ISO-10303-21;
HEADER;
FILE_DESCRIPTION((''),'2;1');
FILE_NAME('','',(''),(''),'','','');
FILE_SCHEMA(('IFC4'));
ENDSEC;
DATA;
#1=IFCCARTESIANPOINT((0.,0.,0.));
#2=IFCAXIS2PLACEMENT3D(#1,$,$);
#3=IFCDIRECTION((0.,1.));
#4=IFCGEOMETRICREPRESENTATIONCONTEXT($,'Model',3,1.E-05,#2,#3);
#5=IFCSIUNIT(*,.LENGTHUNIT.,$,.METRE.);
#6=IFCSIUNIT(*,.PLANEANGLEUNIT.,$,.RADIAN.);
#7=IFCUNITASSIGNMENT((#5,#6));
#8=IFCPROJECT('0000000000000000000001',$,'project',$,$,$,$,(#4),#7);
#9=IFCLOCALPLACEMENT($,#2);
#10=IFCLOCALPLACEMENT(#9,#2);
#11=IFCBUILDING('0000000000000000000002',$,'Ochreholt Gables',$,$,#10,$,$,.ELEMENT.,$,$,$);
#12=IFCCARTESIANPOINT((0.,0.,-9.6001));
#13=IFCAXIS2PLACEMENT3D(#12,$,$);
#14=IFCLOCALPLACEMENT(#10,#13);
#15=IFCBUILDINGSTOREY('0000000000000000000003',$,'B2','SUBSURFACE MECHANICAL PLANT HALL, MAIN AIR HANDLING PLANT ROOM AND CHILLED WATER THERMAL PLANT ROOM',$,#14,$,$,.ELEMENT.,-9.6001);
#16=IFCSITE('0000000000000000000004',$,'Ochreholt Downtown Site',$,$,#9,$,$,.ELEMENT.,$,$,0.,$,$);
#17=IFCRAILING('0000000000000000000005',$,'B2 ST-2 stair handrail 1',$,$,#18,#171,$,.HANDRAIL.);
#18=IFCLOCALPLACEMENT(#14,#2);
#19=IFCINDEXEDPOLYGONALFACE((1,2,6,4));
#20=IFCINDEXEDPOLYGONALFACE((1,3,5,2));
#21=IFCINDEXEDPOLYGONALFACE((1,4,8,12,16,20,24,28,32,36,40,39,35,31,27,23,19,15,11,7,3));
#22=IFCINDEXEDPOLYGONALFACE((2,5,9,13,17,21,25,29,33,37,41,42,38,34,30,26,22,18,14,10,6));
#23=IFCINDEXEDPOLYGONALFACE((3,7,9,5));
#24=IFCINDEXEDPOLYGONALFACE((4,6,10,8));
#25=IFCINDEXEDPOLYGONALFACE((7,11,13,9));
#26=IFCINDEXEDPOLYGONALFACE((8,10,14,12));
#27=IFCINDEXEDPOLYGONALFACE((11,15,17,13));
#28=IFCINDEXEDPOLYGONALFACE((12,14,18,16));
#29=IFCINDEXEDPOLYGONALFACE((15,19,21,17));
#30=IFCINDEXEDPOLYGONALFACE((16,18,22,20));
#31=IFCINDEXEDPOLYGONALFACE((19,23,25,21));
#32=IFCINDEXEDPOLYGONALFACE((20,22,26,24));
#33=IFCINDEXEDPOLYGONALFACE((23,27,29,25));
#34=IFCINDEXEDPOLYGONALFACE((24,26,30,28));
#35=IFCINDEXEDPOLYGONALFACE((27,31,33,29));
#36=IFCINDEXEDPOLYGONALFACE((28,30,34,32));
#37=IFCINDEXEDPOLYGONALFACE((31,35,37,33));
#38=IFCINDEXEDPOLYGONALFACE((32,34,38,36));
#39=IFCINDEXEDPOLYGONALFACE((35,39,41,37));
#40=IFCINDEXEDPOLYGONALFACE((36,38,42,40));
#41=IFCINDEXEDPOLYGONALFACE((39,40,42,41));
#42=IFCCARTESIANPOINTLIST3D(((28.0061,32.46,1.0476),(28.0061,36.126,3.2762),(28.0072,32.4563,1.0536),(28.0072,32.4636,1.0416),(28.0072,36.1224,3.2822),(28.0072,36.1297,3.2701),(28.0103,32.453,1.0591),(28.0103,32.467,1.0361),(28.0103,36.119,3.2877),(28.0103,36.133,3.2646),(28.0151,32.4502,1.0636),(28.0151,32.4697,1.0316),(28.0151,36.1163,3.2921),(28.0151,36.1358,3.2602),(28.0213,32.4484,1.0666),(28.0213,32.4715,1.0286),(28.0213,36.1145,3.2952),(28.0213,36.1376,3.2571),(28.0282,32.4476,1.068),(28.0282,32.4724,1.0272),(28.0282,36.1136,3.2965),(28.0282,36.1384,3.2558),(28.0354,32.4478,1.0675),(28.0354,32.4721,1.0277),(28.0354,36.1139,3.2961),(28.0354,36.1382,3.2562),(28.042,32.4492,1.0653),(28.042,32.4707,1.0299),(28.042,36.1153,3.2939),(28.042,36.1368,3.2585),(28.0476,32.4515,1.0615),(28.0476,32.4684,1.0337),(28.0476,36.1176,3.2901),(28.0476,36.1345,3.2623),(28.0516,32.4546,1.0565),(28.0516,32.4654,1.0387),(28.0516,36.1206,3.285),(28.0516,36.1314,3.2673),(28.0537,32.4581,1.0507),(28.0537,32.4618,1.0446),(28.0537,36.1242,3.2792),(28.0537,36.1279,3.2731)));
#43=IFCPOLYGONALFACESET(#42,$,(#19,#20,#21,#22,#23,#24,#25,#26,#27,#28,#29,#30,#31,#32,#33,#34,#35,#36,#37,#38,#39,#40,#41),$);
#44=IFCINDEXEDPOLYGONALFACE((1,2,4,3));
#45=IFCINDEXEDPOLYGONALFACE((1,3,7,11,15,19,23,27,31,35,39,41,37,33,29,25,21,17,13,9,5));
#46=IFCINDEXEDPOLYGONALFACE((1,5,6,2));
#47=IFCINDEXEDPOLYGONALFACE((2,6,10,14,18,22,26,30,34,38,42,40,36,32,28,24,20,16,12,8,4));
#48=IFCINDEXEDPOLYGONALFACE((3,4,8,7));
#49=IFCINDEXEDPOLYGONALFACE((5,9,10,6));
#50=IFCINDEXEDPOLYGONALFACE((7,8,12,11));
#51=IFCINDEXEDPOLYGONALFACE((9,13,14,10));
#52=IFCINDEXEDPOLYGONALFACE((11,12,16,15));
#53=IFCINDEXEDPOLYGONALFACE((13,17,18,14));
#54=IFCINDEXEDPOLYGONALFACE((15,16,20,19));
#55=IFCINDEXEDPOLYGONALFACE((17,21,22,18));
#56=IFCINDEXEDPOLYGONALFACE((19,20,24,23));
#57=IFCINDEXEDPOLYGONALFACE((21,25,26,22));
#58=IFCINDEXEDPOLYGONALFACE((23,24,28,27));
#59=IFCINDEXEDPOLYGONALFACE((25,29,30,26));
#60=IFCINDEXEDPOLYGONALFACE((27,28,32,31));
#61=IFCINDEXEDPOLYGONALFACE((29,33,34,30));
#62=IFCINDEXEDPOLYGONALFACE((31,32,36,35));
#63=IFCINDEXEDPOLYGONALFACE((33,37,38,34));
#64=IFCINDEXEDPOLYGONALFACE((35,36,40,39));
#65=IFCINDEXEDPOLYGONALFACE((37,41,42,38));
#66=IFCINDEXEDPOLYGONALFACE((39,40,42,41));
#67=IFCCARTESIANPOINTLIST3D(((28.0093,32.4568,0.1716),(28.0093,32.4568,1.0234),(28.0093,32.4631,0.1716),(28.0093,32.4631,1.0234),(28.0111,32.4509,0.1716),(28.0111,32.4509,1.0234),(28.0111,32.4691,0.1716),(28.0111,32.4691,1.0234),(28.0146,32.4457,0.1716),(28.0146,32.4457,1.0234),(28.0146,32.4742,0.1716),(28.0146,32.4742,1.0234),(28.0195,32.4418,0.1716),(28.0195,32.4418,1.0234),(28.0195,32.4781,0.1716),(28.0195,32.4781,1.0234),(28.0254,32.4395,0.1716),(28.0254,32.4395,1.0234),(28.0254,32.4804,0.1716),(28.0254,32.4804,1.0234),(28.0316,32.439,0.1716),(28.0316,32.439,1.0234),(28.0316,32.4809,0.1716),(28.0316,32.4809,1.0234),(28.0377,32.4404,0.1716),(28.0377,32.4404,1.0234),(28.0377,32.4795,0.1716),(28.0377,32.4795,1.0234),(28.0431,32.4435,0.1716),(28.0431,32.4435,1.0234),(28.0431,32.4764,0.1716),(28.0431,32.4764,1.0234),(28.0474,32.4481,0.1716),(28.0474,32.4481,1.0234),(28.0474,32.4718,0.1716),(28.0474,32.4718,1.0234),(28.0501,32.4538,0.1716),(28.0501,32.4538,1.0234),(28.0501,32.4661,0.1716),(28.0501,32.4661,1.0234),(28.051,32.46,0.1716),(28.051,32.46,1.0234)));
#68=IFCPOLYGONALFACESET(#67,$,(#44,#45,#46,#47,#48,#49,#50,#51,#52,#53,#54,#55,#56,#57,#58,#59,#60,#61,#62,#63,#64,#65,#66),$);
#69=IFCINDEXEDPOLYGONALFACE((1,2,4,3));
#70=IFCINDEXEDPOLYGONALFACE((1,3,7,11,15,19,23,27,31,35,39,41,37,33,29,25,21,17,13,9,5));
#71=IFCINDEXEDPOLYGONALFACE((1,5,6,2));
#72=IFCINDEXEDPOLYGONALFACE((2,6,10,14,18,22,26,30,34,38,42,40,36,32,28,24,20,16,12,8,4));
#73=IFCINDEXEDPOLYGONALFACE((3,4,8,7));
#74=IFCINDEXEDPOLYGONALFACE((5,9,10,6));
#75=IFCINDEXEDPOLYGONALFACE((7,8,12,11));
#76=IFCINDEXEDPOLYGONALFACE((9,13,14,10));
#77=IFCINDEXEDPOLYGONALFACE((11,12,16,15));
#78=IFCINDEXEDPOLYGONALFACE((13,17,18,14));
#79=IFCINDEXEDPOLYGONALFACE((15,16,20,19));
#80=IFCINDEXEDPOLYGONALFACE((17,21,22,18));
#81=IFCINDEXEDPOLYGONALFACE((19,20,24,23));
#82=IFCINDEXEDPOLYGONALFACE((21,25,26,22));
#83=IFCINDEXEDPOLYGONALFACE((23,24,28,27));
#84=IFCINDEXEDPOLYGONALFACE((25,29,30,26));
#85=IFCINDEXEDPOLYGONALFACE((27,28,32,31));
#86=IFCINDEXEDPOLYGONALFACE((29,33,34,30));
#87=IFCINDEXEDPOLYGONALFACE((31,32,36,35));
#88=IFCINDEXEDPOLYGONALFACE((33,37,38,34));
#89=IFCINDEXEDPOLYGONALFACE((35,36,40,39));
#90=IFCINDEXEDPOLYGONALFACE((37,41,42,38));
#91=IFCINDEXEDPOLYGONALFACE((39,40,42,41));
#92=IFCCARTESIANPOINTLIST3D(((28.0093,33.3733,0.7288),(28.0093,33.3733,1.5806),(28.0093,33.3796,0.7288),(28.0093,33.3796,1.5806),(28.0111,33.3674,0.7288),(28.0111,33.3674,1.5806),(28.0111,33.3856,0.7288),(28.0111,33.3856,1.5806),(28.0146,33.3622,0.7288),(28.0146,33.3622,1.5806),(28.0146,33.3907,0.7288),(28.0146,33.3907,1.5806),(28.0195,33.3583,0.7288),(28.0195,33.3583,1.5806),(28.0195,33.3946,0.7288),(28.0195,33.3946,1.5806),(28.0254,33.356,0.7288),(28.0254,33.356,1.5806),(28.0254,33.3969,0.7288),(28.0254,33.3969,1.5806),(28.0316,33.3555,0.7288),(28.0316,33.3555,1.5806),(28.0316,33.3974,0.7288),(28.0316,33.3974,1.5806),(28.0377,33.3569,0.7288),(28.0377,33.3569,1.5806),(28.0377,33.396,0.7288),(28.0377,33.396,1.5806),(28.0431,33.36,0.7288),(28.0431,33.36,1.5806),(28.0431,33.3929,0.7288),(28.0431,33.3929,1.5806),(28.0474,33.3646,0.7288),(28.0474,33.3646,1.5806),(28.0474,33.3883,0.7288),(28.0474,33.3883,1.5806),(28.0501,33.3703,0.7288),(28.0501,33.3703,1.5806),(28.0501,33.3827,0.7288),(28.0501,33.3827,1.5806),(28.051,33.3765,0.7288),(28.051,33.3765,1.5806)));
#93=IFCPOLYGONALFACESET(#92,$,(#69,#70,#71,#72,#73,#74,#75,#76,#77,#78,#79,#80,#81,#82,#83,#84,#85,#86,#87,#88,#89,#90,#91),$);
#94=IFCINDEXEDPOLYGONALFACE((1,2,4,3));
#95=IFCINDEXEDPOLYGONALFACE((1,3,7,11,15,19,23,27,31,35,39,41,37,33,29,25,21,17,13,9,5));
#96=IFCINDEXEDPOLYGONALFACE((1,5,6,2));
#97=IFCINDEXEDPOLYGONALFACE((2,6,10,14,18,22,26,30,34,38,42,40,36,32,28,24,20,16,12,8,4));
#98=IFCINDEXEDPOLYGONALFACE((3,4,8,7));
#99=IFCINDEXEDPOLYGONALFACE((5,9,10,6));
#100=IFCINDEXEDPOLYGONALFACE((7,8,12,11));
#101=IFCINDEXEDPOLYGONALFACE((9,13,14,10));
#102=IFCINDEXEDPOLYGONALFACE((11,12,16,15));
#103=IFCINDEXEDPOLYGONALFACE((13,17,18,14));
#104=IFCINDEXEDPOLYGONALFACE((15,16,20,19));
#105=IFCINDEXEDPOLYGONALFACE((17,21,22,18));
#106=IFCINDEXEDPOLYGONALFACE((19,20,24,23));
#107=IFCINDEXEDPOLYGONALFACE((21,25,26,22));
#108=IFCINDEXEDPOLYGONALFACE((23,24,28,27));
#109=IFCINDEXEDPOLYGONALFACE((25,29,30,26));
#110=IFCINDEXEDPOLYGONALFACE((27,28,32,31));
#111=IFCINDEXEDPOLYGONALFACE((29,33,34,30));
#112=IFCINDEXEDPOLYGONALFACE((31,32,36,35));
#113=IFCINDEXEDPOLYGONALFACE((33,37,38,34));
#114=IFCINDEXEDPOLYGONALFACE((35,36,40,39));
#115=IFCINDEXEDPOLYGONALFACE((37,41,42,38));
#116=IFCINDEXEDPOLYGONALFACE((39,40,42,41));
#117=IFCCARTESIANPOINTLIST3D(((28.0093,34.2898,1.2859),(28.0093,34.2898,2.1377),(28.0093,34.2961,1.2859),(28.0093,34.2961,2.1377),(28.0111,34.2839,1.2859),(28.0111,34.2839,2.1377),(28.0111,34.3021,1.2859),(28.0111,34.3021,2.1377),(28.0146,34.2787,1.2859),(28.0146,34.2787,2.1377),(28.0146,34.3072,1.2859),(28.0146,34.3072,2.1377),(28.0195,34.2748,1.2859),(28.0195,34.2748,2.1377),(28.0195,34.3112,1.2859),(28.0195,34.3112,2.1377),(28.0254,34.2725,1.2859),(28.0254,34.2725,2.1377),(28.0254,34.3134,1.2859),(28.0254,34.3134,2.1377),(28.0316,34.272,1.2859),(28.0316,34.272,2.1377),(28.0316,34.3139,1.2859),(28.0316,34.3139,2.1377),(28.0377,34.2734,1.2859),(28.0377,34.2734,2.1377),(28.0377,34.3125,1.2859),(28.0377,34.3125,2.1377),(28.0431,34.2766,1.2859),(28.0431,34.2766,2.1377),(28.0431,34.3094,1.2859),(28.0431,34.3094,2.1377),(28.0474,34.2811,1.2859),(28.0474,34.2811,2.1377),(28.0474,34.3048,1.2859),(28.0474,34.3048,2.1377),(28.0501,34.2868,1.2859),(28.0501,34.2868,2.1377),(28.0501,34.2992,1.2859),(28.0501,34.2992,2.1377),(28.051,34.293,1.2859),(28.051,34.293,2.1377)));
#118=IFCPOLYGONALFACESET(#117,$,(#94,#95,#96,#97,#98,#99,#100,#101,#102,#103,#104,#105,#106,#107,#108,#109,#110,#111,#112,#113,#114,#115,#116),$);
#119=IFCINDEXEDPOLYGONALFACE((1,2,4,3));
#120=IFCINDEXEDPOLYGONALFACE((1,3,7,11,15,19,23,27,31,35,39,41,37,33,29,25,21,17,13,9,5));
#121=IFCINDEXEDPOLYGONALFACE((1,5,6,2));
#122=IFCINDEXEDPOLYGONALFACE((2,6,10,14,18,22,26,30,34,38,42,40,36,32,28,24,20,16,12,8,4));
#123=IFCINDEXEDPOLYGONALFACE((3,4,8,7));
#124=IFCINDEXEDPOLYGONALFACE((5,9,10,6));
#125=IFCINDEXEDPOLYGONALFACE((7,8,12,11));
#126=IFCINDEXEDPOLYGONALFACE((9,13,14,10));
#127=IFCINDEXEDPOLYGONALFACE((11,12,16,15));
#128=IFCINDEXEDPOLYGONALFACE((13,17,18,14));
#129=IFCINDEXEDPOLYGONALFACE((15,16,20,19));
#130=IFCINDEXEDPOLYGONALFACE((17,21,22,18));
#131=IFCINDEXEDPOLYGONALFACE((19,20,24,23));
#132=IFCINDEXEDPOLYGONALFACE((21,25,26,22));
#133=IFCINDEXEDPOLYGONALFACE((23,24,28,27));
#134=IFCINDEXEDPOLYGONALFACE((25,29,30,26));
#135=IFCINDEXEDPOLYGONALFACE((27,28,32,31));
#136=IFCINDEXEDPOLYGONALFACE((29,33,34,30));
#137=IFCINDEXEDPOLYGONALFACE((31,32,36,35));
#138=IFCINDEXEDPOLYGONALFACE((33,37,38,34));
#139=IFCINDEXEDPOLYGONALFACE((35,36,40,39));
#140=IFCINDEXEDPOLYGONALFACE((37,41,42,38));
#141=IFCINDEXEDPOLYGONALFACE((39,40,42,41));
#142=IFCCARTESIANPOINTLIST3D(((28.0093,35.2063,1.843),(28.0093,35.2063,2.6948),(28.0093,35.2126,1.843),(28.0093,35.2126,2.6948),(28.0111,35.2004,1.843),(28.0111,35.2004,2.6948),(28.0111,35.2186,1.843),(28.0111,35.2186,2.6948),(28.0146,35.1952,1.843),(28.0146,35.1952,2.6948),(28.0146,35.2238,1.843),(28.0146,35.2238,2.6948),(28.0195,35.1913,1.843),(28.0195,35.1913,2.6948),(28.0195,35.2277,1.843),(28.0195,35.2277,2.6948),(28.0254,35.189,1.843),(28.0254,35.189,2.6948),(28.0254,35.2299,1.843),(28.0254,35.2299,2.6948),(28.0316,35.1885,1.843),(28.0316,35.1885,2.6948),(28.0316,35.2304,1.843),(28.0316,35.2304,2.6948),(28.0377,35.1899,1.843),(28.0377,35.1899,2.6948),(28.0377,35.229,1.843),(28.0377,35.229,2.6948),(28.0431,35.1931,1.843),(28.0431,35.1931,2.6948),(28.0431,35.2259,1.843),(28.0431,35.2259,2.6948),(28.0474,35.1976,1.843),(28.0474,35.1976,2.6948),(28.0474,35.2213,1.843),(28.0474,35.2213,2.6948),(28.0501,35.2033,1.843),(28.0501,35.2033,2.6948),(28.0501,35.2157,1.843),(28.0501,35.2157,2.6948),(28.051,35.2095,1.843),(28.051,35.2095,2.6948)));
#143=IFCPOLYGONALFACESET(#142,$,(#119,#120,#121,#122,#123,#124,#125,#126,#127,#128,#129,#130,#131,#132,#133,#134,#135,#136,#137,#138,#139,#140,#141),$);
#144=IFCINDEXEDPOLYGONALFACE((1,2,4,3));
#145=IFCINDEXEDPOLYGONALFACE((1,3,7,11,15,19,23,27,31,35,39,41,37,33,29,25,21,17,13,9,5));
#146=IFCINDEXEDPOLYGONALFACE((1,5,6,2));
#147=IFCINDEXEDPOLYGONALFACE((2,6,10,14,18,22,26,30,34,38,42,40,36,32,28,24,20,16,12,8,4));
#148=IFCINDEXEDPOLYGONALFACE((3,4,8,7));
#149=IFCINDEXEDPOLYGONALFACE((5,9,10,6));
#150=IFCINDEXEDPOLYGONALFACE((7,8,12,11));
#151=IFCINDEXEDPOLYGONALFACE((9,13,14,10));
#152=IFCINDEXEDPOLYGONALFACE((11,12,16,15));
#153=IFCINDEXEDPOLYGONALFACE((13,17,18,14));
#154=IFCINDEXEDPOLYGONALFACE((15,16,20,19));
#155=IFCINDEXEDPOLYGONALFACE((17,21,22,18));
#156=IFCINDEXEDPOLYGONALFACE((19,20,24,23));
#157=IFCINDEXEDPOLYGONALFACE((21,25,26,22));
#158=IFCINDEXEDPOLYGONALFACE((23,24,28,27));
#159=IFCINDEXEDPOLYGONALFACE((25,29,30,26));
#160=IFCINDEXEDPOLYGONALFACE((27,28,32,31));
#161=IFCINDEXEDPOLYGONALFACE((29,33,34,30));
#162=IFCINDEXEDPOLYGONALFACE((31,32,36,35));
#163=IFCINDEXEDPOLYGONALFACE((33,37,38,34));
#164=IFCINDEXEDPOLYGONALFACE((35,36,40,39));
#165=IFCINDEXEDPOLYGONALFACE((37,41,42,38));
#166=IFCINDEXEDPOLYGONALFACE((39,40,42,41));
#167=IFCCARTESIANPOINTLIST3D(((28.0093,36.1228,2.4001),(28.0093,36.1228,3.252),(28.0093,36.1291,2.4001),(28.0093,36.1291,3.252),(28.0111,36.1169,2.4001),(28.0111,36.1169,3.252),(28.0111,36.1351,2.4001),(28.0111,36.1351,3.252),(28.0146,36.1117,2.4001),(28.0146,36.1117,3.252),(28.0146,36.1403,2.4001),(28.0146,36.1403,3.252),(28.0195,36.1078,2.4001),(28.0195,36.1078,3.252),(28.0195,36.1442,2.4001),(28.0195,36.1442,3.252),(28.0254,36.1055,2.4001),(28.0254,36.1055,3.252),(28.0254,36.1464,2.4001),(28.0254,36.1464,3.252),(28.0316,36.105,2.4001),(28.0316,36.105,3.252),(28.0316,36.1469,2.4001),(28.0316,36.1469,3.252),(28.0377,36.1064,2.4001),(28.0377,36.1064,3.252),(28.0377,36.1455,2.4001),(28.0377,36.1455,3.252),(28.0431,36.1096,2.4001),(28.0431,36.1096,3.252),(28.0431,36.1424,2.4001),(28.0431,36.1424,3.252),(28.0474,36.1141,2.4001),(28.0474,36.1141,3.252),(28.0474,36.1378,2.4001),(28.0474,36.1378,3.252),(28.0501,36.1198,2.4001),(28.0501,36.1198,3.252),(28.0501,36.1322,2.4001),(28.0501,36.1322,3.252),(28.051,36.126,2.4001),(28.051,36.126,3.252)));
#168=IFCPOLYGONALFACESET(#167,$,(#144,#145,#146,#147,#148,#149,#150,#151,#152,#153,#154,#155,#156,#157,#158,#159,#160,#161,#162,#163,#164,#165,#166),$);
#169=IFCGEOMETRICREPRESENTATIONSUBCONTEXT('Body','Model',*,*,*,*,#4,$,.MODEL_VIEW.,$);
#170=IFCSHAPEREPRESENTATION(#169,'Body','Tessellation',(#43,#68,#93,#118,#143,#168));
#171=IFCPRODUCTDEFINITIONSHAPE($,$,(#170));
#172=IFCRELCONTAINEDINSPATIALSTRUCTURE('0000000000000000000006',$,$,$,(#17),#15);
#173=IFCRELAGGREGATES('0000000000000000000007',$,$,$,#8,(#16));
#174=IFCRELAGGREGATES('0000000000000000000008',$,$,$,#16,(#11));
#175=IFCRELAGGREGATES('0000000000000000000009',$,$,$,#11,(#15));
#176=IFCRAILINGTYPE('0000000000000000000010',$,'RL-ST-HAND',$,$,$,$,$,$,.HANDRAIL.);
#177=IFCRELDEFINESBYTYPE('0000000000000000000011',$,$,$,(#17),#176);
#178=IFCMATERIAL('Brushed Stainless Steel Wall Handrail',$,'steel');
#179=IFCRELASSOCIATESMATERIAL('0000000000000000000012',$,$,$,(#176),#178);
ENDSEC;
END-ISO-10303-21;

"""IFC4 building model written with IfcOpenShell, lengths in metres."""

from ifc_helpers import new_model, si_unit, direction, frame, origin, origin_2d, place, context, subcontext, project, spatial, circle, extrude, material, type_object, element, save


model = new_model("IFC4")

# Units and contexts
model_context = context("Model", 3, precision=1e-05, world=origin(), true_north=direction((0.0, 1.0)))
body_context = subcontext(model_context, "Body", "Model", "MODEL_VIEW")
ifc_project = project(units=[si_unit("LENGTHUNIT", "METRE"), si_unit("PLANEANGLEUNIT", "RADIAN")], contexts=[model_context])

# Site, building, storey
site_placement = place(None, origin())
site = spatial("IfcSite", under=ifc_project, at=site_placement, Name="Ochreholt Downtown Site", CompositionType="ELEMENT", RefElevation=0.0)
building_placement = place(site_placement, origin())
building = spatial("IfcBuilding", under=site, at=building_placement, Name="Ochreholt Gables", CompositionType="ELEMENT")
storey_placement = place(building_placement, frame((0.0, 0.0, -9.6001)))
storey = spatial("IfcBuildingStorey", under=building, at=storey_placement, Name="B2", Description="SUBSURFACE MECHANICAL PLANT HALL, MAIN AIR HANDLING PLANT ROOM AND CHILLED WATER THERMAL PLANT ROOM", CompositionType="ELEMENT", Elevation=-9.6001)

# Railing
ifc_material_1 = material(Name="Brushed Stainless Steel Wall Handrail", Category="steel")
railing_type = type_object("IfcRailingType", Name="RL-ST-HAND", PredefinedType="HANDRAIL", material=ifc_material_1)
railing_placement = place(storey_placement, frame((28.03, 32.46, 0.1716)))
element("IfcRailing", 1, at=railing_placement, inside=storey, type_object=railing_type, Name="B2 ST-2 stair handrail 1", PredefinedType="HANDRAIL", context=body_context, shape_type="SweptSolid", body=[
    extrude(circle(Radius=0.0239, at=origin_2d()), frame((0.0, 0.0, 0.876), z_axis=(0.0, 0.854506, 0.519441), x_axis=(-1.0, 0.0, 0.0)), (0.0, 0.0, 1.0), 4.2903),
    extrude(circle(Radius=0.021, at=origin_2d()), origin(), (0.0, 0.0, 1.0), 0.8518),
    extrude(circle(Radius=0.021, at=origin_2d()), frame((0.0, 0.9165, 0.5571)), (0.0, 0.0, 1.0), 0.8518),
    extrude(circle(Radius=0.021, at=origin_2d()), frame((0.0, 1.833, 1.1143)), (0.0, 0.0, 1.0), 0.8518),
    extrude(circle(Radius=0.021, at=origin_2d()), frame((0.0, 2.7495, 1.6714)), (0.0, 0.0, 1.0), 0.8518),
    extrude(circle(Radius=0.021, at=origin_2d()), frame((0.0, 3.666, 2.2285)), (0.0, 0.0, 1.0), 0.8518),
])

save(model, "model.ifc")
